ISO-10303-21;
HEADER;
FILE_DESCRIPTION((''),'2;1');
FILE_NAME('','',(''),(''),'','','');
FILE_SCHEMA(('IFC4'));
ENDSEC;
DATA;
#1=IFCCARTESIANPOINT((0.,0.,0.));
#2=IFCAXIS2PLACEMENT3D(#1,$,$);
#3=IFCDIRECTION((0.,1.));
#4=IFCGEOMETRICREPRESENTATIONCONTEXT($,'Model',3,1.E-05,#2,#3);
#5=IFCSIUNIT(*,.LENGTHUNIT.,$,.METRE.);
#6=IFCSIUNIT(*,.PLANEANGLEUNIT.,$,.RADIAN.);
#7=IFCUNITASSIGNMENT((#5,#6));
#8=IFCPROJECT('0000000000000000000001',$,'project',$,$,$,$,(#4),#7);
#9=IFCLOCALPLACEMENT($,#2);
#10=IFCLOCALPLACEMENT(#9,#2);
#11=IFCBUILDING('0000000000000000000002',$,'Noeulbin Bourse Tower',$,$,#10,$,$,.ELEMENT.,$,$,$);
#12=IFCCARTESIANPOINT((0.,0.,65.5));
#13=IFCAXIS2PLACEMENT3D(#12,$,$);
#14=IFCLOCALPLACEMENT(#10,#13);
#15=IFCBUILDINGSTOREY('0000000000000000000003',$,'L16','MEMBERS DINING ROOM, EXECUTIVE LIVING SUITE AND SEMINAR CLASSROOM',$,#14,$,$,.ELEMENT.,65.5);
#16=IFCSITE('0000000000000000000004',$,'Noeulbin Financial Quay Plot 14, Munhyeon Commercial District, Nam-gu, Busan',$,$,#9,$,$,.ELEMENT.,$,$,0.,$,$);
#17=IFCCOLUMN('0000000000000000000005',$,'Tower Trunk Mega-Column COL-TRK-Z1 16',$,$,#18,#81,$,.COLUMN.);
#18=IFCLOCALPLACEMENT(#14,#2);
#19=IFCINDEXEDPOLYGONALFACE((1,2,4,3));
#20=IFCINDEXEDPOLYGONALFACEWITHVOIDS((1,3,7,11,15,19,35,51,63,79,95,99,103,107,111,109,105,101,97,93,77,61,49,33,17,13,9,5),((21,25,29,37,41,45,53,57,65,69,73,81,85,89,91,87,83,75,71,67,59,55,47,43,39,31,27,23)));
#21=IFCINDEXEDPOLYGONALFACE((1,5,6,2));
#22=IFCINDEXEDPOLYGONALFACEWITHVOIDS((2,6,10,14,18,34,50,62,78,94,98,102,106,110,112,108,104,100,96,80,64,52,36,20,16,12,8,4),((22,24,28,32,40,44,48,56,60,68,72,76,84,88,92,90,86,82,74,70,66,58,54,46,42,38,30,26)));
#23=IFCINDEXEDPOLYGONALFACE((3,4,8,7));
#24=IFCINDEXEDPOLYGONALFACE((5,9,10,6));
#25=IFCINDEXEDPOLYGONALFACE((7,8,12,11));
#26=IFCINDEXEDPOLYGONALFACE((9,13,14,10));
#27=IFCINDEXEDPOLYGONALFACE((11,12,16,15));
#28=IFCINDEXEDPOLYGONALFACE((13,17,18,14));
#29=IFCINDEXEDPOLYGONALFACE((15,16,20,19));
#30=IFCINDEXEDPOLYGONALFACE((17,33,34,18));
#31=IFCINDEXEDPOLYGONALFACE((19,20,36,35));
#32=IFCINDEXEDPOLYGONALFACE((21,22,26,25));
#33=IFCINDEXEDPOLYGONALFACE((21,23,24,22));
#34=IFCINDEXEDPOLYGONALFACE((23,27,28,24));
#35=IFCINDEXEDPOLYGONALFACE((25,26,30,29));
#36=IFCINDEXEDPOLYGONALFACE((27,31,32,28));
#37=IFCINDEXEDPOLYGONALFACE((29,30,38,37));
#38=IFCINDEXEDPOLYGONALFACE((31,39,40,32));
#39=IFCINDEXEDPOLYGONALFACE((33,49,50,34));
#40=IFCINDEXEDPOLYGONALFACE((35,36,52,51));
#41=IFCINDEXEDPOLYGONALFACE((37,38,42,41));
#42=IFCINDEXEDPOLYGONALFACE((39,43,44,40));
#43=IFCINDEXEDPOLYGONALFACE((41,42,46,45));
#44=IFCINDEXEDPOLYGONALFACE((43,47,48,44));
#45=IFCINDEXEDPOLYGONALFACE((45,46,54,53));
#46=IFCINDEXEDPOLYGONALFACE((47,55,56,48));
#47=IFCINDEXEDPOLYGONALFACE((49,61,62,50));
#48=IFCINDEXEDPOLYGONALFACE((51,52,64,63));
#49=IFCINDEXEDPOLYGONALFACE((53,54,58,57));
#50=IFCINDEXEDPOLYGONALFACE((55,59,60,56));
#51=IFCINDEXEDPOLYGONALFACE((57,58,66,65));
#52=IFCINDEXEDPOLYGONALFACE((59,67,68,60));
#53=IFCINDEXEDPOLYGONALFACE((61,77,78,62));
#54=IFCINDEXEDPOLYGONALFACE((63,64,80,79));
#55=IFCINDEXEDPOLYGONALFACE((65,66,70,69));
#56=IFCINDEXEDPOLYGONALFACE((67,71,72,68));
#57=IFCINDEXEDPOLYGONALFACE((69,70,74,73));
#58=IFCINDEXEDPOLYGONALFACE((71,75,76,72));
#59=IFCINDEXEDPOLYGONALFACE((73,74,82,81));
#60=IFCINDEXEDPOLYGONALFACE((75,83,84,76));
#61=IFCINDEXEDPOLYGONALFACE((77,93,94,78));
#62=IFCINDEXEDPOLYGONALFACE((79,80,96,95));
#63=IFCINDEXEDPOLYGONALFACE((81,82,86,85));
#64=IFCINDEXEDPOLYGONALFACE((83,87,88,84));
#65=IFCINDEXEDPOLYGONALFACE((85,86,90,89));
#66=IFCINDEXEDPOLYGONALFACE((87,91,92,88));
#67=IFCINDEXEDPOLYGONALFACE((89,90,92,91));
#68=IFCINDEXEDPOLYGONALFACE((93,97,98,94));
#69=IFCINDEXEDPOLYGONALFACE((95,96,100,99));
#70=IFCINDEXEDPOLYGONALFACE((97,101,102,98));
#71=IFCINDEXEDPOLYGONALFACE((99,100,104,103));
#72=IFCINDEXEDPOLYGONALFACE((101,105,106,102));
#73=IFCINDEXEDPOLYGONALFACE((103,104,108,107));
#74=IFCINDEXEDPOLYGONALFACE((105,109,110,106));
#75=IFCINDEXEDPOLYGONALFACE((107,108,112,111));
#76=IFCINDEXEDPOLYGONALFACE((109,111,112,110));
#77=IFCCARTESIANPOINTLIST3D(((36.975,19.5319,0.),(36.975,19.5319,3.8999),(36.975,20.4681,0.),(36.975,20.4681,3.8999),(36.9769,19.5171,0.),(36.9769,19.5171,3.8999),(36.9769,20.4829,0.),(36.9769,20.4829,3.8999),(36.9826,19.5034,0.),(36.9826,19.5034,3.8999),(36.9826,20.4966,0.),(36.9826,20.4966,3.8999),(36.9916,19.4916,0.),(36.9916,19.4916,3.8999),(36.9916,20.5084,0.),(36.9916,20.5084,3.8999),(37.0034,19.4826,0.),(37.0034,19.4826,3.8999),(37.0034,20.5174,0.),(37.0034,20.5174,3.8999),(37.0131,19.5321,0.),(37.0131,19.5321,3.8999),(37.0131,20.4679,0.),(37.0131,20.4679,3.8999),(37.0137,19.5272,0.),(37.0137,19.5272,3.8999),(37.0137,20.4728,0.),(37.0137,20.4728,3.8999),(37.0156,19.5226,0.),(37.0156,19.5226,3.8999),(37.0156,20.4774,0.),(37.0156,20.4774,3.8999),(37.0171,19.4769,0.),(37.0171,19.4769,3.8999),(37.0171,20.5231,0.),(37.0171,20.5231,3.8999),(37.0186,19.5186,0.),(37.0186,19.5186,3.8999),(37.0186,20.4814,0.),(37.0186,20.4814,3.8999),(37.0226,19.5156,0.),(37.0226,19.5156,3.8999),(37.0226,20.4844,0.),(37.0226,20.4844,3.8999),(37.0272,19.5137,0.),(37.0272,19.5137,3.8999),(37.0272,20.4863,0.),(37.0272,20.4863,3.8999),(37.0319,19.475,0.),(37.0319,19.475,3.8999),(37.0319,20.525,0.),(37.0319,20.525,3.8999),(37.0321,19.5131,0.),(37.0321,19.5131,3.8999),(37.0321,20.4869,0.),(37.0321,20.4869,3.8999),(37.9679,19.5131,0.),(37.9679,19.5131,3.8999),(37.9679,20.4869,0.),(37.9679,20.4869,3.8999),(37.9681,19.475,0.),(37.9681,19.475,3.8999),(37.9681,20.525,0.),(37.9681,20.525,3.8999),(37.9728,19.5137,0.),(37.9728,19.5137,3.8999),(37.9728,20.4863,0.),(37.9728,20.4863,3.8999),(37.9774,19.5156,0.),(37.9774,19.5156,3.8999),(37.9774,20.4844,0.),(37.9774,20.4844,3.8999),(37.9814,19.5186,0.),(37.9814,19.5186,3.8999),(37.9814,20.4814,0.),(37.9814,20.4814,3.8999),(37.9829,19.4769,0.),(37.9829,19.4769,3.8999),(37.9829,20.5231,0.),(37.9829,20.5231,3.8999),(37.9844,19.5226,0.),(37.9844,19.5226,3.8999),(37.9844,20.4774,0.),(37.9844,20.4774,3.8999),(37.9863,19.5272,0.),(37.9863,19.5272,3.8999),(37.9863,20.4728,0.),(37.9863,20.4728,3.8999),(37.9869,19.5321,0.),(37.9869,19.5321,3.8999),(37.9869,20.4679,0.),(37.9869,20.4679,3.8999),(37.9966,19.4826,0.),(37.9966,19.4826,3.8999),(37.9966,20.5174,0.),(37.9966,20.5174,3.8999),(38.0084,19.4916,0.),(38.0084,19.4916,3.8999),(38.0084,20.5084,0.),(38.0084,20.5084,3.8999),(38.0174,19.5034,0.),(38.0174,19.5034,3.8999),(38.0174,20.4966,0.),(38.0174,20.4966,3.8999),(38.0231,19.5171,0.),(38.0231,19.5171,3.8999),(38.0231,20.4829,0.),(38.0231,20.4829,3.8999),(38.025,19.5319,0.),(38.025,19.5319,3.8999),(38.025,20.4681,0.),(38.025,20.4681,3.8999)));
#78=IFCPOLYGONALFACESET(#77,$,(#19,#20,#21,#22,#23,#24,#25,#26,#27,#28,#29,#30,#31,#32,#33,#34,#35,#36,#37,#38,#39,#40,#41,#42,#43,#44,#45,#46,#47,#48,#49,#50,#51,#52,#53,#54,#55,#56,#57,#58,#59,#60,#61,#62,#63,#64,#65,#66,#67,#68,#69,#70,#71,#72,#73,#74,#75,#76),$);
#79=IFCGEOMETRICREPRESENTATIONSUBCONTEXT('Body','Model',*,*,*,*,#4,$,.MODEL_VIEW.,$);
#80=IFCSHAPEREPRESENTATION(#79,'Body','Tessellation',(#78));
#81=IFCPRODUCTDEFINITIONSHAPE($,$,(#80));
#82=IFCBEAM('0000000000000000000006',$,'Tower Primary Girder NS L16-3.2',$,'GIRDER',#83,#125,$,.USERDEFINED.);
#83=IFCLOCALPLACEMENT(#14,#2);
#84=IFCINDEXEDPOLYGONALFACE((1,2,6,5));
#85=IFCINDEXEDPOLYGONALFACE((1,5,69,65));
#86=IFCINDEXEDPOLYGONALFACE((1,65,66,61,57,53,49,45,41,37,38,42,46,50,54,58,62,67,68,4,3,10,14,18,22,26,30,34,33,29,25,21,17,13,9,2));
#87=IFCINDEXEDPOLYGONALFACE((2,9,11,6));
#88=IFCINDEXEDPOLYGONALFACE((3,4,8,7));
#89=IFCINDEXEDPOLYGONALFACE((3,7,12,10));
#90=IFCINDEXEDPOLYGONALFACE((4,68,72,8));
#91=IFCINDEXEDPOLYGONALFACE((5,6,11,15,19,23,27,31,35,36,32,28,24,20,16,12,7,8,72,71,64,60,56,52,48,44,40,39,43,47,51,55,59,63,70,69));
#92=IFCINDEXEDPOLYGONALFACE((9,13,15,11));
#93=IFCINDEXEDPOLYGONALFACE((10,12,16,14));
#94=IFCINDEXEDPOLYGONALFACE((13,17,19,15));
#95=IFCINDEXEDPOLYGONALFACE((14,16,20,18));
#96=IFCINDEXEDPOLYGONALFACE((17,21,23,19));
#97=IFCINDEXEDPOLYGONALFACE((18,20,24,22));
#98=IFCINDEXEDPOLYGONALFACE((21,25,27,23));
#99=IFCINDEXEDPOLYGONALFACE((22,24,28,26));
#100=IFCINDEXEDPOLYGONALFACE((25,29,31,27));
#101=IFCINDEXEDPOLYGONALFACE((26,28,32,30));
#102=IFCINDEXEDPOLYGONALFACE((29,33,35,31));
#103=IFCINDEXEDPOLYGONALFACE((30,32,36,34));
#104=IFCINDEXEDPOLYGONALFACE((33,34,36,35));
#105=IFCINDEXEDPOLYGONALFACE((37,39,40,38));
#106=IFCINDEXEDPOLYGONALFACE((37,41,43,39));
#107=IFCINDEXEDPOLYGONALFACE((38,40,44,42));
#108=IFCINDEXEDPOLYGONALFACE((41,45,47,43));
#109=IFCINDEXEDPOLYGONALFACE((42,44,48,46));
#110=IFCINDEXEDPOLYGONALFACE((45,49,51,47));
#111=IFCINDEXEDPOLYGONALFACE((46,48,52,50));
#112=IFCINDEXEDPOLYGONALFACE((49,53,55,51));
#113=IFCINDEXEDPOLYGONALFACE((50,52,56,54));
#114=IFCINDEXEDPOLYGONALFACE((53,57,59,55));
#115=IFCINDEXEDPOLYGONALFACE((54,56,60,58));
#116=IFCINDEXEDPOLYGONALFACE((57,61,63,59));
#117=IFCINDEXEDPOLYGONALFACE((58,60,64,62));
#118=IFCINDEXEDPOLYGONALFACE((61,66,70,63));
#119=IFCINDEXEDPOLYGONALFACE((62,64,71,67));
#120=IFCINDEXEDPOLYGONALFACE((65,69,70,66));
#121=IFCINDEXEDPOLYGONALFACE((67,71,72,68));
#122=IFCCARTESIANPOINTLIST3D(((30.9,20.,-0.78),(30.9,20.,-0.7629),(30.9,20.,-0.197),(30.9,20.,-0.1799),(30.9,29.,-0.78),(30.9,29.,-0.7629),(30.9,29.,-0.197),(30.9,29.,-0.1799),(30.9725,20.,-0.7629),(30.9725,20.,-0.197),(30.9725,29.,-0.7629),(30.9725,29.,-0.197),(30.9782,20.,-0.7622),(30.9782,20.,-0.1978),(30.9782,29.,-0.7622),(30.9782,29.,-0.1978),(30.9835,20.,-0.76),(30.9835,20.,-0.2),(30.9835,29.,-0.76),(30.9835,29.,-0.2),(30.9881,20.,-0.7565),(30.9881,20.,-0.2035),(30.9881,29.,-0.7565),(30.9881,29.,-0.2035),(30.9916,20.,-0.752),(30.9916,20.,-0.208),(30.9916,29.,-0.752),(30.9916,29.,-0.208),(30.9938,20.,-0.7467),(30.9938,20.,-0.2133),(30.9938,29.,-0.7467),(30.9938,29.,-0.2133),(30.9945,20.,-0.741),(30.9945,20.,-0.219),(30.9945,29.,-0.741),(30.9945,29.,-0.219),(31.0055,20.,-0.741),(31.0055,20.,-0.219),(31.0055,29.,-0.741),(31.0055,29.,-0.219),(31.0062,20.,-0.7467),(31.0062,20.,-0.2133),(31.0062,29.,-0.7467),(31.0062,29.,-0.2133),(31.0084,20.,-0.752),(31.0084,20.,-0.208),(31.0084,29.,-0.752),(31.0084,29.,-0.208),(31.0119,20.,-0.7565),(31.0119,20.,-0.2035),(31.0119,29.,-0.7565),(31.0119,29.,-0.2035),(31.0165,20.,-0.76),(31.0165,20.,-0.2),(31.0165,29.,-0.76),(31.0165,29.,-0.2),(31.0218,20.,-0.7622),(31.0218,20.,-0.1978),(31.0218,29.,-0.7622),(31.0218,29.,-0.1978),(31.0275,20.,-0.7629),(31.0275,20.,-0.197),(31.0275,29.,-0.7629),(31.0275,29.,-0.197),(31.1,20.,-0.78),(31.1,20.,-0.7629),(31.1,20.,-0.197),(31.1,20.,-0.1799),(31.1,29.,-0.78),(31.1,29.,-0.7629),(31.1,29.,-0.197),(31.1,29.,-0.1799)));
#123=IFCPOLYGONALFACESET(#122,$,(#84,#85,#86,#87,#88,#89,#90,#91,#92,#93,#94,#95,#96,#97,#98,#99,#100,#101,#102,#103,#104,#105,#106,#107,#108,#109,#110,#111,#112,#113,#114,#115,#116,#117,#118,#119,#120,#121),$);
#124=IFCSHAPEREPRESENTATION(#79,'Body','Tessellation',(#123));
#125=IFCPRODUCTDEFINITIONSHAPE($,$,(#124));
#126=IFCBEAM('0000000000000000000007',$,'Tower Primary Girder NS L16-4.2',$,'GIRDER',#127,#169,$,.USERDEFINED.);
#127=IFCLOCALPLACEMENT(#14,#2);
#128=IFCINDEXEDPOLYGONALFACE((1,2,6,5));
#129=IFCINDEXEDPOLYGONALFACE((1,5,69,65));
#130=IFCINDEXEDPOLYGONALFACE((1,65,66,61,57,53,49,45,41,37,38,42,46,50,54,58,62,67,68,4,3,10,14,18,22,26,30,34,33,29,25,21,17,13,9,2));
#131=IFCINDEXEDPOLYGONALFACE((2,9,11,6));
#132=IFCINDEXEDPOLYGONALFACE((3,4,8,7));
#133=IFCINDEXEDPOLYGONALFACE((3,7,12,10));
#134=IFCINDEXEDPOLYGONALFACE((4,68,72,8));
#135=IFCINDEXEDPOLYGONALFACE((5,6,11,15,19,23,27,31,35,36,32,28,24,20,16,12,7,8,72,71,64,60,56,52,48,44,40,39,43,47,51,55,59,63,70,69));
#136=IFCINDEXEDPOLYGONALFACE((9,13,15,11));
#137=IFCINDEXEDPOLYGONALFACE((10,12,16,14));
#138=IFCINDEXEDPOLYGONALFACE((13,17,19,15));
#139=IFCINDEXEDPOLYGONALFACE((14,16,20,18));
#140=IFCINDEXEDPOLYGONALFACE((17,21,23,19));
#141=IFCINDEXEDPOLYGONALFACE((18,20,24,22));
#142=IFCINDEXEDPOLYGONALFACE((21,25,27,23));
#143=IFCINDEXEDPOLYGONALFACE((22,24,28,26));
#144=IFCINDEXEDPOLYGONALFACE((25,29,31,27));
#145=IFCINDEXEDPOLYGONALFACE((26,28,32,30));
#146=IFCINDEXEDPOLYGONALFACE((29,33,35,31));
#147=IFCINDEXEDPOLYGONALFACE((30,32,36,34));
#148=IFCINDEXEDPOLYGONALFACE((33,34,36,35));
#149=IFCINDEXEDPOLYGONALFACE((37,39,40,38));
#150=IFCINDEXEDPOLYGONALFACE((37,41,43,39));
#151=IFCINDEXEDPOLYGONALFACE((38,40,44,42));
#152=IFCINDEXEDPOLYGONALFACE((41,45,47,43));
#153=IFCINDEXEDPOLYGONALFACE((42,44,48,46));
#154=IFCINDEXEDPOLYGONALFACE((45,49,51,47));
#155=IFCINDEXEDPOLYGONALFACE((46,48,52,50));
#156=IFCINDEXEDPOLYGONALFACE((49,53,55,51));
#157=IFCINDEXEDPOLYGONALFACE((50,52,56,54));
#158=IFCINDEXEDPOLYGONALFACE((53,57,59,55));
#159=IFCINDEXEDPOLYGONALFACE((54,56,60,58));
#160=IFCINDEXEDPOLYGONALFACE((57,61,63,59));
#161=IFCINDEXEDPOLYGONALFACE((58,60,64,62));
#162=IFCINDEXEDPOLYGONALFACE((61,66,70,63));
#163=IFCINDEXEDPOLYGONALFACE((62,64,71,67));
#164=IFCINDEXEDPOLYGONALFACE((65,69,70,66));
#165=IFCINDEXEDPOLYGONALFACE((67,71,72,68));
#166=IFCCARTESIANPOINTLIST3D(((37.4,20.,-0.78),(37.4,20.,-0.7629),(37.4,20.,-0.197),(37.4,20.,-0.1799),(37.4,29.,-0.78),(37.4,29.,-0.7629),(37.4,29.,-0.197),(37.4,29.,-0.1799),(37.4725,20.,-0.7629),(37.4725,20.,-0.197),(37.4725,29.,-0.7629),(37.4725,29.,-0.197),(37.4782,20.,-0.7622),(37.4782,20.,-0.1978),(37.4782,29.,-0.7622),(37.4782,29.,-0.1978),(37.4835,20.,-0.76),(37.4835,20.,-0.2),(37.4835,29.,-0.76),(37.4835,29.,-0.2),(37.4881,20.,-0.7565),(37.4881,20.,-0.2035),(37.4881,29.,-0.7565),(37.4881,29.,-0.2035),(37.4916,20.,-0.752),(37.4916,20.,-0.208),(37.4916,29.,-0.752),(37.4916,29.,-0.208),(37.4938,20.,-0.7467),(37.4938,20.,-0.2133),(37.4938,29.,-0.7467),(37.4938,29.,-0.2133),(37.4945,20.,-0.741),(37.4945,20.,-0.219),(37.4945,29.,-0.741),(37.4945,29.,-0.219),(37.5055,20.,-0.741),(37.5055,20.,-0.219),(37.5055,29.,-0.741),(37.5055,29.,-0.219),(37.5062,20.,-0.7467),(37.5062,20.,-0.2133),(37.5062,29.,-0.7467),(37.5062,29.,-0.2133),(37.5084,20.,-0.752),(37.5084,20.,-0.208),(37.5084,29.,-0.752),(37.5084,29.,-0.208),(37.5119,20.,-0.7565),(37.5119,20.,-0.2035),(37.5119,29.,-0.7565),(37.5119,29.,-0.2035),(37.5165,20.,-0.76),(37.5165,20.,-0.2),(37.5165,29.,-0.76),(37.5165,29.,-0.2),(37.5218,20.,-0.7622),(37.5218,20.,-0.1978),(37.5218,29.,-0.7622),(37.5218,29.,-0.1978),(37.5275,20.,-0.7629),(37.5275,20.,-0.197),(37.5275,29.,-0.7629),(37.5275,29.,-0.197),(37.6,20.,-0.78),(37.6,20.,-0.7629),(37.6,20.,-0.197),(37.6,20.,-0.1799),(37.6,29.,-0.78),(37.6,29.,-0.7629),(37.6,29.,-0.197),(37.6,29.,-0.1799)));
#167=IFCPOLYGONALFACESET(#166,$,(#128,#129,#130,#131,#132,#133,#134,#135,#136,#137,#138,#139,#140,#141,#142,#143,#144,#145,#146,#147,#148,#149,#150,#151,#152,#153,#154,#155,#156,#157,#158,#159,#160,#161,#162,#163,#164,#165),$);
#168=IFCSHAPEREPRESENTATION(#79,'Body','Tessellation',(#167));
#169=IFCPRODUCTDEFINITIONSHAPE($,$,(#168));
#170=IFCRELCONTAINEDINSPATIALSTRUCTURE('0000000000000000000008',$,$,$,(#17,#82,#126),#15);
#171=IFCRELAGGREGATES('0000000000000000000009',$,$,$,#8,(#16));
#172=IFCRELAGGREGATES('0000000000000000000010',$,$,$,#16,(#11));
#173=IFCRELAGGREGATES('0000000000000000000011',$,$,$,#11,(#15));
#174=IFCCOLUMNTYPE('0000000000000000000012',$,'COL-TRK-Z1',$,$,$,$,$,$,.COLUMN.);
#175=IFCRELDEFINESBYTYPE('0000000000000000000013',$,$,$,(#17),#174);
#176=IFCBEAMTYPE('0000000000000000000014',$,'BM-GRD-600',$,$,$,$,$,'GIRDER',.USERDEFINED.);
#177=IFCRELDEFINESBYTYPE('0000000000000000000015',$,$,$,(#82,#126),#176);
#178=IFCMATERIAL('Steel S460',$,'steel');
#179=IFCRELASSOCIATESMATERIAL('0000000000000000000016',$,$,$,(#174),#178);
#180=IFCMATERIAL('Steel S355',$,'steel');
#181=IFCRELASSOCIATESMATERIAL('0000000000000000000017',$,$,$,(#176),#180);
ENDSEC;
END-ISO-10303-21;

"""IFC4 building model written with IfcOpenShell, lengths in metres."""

from ifc_helpers import new_model, si_unit, direction, frame, origin, origin_2d, place, context, subcontext, project, spatial, hollow_rectangle, i_section, extrude, material, material_profile, profile_set, type_object, element, save


model = new_model("IFC4")

# Units and contexts
model_context = context("Model", 3, precision=1e-05, world=origin(), true_north=direction((0.0, 1.0)))
body_context = subcontext(model_context, "Body", "Model", "MODEL_VIEW")
ifc_project = project(units=[si_unit("LENGTHUNIT", "METRE"), si_unit("PLANEANGLEUNIT", "RADIAN")], contexts=[model_context])

# Site, building, storey
site_placement = place(None, origin())
site = spatial("IfcSite", under=ifc_project, at=site_placement, Name="Noeulbin Financial Quay Plot 14, Munhyeon Commercial District, Nam-gu, Busan", CompositionType="ELEMENT", RefElevation=0.0)
building_placement = place(site_placement, origin())
building = spatial("IfcBuilding", under=site, at=building_placement, Name="Noeulbin Bourse Tower", CompositionType="ELEMENT")
storey_placement = place(building_placement, frame((0.0, 0.0, 65.5)))
storey = spatial("IfcBuildingStorey", under=building, at=storey_placement, Name="L16", Description="MEMBERS DINING ROOM, EXECUTIVE LIVING SUITE AND SEMINAR CLASSROOM", CompositionType="ELEMENT", Elevation=65.5)

# Column
ifc_material_1 = material(Name="Steel S460", Category="steel")
ifc_material_profile_1 = material_profile(ifc_material_1, hollow_rectangle(XDim=1.05, YDim=1.05, WallThickness=0.0381, InnerFilletRadius=0.019, OuterFilletRadius=0.0569, at=origin_2d()), Name="BOX-1050x1050x38", Category="LoadBearing")
ifc_profile_set_1 = profile_set([ifc_material_profile_1], Name="Steel S460")
column_type = type_object("IfcColumnType", Name="COL-TRK-Z1", PredefinedType="COLUMN", material=ifc_profile_set_1)
for number, where, z_axis, x_axis, name in (
    (1, (37.5, 20.0, 0.0), (0.0, 0.0, 1.0), (1.0, 0.0, 0.0), "Tower Trunk Mega-Column COL-TRK-Z1 16"),
):
    element("IfcColumn", number, at=place(storey_placement, frame(where, z_axis=z_axis, x_axis=x_axis)), inside=storey, type_object=column_type, Name=name, PredefinedType="COLUMN", context=body_context, shape_type="SweptSolid", body=[
        extrude(hollow_rectangle(XDim=1.05, YDim=1.05, WallThickness=0.0381, InnerFilletRadius=0.019, OuterFilletRadius=0.0569, at=origin_2d()), origin(), (0.0, 0.0, 1.0), 3.8999),
    ])

# Beams
ifc_material_2 = material(Name="Steel S355", Category="steel")
ifc_material_profile_2 = material_profile(ifc_material_2, i_section(OverallWidth=0.2, OverallDepth=0.6001, WebThickness=0.011, FlangeThickness=0.0171, FilletRadius=0.022, at=origin_2d()), Name="H-600x200x11x17", Category="LoadBearing")
ifc_profile_set_2 = profile_set([ifc_material_profile_2], Name="Steel S355")
beam_type_1 = type_object("IfcBeamType", Name="BM-GRD-600", ElementType="GIRDER", PredefinedType="USERDEFINED", material=ifc_profile_set_2)
for number, where, z_axis, x_axis, name in (
    (2, (31.0, 20.0, -0.48), (0.0, 1.0, 0.0), (-1.0, 0.0, 0.0), "Tower Primary Girder NS L16-3.2"),
    (3, (37.5, 20.0, -0.48), (0.0, 1.0, 0.0), (-1.0, 0.0, 0.0), "Tower Primary Girder NS L16-4.2"),
):
    element("IfcBeam", number, at=place(storey_placement, frame(where, z_axis=z_axis, x_axis=x_axis)), inside=storey, type_object=beam_type_1, Name=name, ObjectType="GIRDER", PredefinedType="USERDEFINED", context=body_context, shape_type="SweptSolid", body=[
        extrude(i_section(OverallWidth=0.2, OverallDepth=0.6001, WebThickness=0.011, FlangeThickness=0.0171, FilletRadius=0.022, at=origin_2d()), origin(), (0.0, 0.0, 1.0), 9.0),
    ])

save(model, "model.ifc")
